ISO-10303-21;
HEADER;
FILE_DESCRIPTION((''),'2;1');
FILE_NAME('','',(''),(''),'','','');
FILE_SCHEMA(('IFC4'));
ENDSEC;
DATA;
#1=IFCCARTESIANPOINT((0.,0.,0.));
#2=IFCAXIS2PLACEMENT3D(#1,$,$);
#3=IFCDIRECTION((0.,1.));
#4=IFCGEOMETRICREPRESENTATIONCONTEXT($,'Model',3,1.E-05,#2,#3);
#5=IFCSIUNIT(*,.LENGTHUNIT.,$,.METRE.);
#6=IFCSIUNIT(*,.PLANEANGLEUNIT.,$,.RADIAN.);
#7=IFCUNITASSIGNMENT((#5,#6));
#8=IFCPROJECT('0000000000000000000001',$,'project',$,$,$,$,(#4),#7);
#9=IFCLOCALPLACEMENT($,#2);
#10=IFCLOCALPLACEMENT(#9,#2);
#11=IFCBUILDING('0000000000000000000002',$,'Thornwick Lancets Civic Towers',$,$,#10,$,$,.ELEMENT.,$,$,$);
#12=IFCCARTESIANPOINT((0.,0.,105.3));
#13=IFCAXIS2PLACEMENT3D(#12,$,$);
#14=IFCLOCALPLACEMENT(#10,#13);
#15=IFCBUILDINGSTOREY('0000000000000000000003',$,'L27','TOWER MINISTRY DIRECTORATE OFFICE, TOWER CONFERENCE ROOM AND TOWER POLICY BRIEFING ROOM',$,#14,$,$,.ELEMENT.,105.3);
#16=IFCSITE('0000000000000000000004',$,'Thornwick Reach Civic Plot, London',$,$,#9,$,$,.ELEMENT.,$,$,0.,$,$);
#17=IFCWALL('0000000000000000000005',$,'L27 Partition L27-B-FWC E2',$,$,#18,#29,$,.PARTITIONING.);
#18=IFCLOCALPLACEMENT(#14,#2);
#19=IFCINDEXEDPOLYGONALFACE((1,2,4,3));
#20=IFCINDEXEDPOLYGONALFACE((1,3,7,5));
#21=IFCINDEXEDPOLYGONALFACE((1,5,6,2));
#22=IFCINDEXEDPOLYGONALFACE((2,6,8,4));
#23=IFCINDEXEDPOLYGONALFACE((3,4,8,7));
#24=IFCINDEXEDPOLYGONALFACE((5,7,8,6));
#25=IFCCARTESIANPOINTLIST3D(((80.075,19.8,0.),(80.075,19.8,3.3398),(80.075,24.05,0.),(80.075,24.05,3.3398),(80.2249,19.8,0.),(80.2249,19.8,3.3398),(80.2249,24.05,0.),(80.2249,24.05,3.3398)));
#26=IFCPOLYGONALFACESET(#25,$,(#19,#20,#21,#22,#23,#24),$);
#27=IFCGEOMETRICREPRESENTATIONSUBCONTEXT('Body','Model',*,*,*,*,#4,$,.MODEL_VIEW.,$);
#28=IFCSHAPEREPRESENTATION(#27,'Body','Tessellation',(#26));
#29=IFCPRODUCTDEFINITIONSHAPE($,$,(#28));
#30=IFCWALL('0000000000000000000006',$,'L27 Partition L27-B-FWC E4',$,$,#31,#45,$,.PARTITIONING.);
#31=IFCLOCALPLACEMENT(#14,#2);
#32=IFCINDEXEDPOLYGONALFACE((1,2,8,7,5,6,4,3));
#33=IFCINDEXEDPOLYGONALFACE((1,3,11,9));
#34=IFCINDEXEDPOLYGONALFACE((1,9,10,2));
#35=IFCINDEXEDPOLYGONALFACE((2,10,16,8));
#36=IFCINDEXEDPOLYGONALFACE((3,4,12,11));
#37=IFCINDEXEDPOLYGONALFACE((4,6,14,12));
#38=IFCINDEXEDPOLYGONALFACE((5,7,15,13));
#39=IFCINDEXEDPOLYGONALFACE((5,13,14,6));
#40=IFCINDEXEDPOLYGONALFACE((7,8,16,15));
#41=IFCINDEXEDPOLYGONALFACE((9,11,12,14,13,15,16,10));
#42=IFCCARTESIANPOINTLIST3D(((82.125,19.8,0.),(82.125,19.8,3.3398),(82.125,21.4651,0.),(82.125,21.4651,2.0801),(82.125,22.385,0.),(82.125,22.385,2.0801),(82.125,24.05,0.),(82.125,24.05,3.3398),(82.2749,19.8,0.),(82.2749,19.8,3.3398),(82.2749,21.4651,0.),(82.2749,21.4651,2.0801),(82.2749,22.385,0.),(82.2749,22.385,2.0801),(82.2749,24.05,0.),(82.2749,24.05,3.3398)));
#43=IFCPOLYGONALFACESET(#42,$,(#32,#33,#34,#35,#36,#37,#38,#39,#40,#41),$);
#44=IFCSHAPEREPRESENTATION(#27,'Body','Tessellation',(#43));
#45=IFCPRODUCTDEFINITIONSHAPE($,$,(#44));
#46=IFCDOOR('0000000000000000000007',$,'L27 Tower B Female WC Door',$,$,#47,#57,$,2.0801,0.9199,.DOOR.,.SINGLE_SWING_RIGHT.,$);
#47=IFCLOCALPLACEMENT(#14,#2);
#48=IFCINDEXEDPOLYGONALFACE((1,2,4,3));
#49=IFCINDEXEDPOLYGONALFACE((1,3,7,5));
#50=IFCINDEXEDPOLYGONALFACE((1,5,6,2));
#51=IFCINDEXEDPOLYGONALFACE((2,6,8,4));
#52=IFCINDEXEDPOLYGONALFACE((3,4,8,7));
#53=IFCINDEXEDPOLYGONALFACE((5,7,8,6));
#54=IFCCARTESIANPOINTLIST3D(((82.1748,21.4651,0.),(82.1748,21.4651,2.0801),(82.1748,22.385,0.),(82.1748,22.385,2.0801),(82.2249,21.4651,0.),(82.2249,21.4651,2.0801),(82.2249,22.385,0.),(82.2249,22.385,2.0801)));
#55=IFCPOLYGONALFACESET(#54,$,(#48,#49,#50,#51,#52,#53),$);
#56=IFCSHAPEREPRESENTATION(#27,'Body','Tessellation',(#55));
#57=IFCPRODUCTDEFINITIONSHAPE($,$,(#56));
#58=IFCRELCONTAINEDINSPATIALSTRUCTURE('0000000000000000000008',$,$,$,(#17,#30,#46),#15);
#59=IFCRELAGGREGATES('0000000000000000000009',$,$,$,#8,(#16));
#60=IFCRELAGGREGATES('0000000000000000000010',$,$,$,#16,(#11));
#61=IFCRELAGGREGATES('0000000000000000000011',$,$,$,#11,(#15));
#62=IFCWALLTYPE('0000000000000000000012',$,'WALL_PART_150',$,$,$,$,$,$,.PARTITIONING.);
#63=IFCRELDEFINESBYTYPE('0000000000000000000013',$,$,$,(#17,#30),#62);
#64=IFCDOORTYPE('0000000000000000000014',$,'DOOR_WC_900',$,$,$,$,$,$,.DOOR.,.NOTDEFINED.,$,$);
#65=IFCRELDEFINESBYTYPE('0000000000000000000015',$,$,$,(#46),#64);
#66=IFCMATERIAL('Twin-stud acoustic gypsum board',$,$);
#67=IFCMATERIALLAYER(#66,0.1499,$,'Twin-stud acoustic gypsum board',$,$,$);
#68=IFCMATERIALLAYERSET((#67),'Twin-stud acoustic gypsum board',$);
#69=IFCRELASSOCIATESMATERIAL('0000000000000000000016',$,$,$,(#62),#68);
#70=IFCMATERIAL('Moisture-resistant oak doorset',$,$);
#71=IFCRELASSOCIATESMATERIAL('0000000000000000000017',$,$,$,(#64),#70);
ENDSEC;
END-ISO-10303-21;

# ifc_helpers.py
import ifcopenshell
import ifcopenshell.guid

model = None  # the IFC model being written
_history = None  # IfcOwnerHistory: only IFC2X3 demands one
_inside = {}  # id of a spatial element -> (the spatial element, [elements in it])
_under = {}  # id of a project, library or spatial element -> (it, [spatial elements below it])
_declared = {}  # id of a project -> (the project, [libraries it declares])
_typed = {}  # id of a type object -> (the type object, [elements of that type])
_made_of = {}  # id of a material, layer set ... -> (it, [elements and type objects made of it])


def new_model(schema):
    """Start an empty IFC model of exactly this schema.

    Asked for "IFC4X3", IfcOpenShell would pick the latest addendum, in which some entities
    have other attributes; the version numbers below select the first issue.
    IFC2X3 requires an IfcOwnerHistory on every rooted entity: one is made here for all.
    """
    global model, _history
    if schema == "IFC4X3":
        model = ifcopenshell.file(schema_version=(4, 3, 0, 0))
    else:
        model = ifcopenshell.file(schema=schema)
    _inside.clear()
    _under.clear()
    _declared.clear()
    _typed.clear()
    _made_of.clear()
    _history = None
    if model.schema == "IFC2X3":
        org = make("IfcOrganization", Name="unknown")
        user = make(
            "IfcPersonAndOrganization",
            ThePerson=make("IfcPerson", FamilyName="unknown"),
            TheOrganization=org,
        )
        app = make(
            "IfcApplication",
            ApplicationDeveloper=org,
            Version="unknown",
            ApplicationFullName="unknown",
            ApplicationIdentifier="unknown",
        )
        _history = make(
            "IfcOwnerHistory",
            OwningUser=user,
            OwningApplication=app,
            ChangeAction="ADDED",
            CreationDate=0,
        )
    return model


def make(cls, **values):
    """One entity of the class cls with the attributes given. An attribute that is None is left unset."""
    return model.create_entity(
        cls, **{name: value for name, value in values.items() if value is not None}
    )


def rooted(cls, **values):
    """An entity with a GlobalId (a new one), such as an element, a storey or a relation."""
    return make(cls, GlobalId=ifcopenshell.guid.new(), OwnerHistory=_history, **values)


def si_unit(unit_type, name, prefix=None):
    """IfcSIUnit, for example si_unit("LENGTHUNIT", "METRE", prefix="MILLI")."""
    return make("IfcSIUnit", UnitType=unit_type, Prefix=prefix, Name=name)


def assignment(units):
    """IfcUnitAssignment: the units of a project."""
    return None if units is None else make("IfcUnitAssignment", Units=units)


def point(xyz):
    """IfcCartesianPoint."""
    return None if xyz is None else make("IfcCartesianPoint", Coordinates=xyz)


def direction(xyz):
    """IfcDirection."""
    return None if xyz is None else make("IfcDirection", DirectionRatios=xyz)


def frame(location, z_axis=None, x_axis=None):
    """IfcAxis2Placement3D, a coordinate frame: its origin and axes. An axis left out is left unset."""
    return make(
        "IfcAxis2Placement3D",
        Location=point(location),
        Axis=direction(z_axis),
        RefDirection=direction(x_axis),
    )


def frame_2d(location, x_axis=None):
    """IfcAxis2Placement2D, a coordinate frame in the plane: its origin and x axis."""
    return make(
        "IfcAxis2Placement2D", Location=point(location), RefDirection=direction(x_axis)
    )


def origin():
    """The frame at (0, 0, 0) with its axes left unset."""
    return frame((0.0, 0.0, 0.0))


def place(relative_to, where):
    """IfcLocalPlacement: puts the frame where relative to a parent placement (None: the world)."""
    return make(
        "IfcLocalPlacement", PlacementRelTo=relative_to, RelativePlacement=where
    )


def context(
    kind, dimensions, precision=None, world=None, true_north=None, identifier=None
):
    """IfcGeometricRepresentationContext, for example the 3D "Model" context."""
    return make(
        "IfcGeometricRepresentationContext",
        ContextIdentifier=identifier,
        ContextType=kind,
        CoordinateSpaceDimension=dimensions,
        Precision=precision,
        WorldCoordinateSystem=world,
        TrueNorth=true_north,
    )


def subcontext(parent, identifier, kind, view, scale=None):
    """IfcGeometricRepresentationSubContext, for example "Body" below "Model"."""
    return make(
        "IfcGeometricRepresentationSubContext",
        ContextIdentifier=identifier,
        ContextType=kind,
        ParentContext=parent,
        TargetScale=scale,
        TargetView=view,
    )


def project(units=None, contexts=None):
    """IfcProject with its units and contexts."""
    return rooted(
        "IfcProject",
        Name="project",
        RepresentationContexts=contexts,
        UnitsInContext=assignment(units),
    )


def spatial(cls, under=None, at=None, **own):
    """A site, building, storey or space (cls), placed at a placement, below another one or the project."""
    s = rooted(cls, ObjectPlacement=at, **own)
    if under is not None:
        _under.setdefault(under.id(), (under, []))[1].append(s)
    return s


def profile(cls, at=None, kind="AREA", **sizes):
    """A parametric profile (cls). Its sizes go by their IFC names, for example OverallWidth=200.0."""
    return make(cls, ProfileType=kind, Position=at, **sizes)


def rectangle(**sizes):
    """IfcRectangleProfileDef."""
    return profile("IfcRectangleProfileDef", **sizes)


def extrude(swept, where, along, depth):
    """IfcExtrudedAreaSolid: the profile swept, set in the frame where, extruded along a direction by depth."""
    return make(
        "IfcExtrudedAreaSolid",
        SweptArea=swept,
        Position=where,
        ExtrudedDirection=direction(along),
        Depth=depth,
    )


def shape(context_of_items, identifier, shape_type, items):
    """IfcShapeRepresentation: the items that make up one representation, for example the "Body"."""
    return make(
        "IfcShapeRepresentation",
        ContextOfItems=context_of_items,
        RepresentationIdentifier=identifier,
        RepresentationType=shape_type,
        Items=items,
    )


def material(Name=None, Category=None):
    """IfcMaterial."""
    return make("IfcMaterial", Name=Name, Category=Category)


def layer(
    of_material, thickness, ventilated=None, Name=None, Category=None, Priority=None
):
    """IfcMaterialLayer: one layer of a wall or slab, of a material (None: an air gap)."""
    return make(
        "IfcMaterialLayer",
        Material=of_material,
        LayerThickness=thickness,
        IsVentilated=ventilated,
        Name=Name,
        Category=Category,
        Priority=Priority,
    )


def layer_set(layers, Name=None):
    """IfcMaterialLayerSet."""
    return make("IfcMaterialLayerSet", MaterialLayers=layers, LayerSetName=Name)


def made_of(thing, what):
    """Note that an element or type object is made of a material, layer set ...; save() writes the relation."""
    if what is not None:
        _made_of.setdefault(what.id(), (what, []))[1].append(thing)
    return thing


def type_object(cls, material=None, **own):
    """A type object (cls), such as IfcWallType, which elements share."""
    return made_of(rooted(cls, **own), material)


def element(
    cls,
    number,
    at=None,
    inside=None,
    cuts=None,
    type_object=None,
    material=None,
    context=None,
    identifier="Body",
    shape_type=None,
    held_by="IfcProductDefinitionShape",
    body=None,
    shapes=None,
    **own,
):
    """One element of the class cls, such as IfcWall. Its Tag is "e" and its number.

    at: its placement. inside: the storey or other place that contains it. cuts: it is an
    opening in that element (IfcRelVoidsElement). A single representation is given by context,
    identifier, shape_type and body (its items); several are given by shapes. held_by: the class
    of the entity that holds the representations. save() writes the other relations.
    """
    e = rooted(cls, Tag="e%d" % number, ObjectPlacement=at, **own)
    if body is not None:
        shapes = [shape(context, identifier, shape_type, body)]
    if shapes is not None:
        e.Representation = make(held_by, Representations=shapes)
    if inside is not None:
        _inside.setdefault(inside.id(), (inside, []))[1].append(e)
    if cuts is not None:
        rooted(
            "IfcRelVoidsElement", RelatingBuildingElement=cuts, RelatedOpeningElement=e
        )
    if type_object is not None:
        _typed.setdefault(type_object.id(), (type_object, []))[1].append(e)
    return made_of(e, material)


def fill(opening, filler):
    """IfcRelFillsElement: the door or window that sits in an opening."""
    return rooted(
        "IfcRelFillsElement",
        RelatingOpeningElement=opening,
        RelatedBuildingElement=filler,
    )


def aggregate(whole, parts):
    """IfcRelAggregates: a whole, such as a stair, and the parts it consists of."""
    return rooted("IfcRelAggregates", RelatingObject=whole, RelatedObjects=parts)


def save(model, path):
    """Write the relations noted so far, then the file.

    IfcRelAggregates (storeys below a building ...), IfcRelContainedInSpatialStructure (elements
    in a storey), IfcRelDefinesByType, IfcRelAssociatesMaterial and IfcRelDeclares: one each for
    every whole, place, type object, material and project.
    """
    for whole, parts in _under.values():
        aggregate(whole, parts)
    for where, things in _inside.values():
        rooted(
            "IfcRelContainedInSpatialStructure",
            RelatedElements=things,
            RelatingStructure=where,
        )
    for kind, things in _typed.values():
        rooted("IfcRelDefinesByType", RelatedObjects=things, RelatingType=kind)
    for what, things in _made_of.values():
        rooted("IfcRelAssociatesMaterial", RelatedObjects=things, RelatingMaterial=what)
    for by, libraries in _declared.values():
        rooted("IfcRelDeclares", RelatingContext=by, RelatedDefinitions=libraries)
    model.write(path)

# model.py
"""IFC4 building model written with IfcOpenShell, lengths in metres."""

from ifc_helpers import new_model, si_unit, direction, frame, frame_2d, origin, place, context, subcontext, project, spatial, rectangle, extrude, material, layer, layer_set, type_object, element, fill, save


model = new_model("IFC4")

# Units and contexts
model_context = context("Model", 3, precision=1e-05, world=origin(), true_north=direction((0.0, 1.0)))
body_context = subcontext(model_context, "Body", "Model", "MODEL_VIEW")
ifc_project = project(units=[si_unit("LENGTHUNIT", "METRE"), si_unit("PLANEANGLEUNIT", "RADIAN")], contexts=[model_context])

# Site, building, storey
site_placement = place(None, origin())
site = spatial("IfcSite", under=ifc_project, at=site_placement, Name="Thornwick Reach Civic Plot, London", CompositionType="ELEMENT", RefElevation=0.0)
building_placement = place(site_placement, origin())
building = spatial("IfcBuilding", under=site, at=building_placement, Name="Thornwick Lancets Civic Towers", CompositionType="ELEMENT")
storey_placement = place(building_placement, frame((0.0, 0.0, 105.3)))
storey = spatial("IfcBuildingStorey", under=building, at=storey_placement, Name="L27", Description="TOWER MINISTRY DIRECTORATE OFFICE, TOWER CONFERENCE ROOM AND TOWER POLICY BRIEFING ROOM", CompositionType="ELEMENT", Elevation=105.3)

# Wall
ifc_material_1 = material(Name="Twin-stud acoustic gypsum board")
ifc_layer_1 = layer(ifc_material_1, 0.1499, Name="Twin-stud acoustic gypsum board")
ifc_layer_set_1 = layer_set([ifc_layer_1], Name="Twin-stud acoustic gypsum board")
wall_type_1 = type_object("IfcWallType", Name="WALL_PART_150", PredefinedType="PARTITIONING", material=ifc_layer_set_1)
wall_1_placement = place(storey_placement, frame((80.1499, 19.8, 0.0), z_axis=(0.0, 0.0, 1.0), x_axis=(0.0, 1.0, 0.0)))
element("IfcWall", 1, at=wall_1_placement, inside=storey, type_object=wall_type_1, Name="L27 Partition L27-B-FWC E2", PredefinedType="PARTITIONING", context=body_context, shape_type="SweptSolid", body=[
    extrude(rectangle(XDim=4.25, YDim=0.1499, at=frame_2d((2.125, 0.0))), origin(), (0.0, 0.0, 1.0), 3.3398),
])

# Wall, opening, door
wall_2_placement = place(storey_placement, frame((82.2, 24.05, 0.0), z_axis=(0.0, 0.0, 1.0), x_axis=(0.0, -1.0, 0.0)))
wall_2 = element("IfcWall", 2, at=wall_2_placement, inside=storey, type_object=wall_type_1, Name="L27 Partition L27-B-FWC E4", PredefinedType="PARTITIONING", context=body_context, shape_type="SweptSolid", body=[
    extrude(rectangle(XDim=4.25, YDim=0.1499, at=frame_2d((2.125, 0.0))), origin(), (0.0, 0.0, 1.0), 3.3398),
])
opening_1_placement = place(wall_2_placement, frame((1.665, 0.0, 0.0)))
opening_1 = element("IfcOpeningElement", 3, at=opening_1_placement, cuts=wall_2, PredefinedType="OPENING", context=body_context, shape_type="SweptSolid", body=[
    extrude(rectangle(XDim=0.9199, YDim=2.0801, at=frame_2d((0.46, 1.04))), frame((0.0, 0.085, 0.0), z_axis=(0.0, -1.0, 0.0), x_axis=(1.0, 0.0, 0.0)), (0.0, 0.0, 1.0), 0.1699),
])
ifc_material_2 = material(Name="Moisture-resistant oak doorset")
door_type_1 = type_object("IfcDoorType", Name="DOOR_WC_900", OperationType="NOTDEFINED", PredefinedType="DOOR", material=ifc_material_2)
door_1_placement = place(opening_1_placement, origin())
door_1 = element("IfcDoor", 4, at=door_1_placement, inside=storey, type_object=door_type_1, Name="L27 Tower B Female WC Door", OperationType="SINGLE_SWING_RIGHT", OverallHeight=2.0801, OverallWidth=0.9199, PredefinedType="DOOR", context=body_context, shape_type="SweptSolid", body=[
    extrude(rectangle(XDim=0.9199, YDim=2.0801, at=frame_2d((0.46, 1.04))), frame((0.0, 0.0249, 0.0), z_axis=(0.0, -1.0, 0.0), x_axis=(1.0, 0.0, 0.0)), (0.0, 0.0, 1.0), 0.05),
])
fill(opening_1, door_1)

save(model, "model.ifc")
